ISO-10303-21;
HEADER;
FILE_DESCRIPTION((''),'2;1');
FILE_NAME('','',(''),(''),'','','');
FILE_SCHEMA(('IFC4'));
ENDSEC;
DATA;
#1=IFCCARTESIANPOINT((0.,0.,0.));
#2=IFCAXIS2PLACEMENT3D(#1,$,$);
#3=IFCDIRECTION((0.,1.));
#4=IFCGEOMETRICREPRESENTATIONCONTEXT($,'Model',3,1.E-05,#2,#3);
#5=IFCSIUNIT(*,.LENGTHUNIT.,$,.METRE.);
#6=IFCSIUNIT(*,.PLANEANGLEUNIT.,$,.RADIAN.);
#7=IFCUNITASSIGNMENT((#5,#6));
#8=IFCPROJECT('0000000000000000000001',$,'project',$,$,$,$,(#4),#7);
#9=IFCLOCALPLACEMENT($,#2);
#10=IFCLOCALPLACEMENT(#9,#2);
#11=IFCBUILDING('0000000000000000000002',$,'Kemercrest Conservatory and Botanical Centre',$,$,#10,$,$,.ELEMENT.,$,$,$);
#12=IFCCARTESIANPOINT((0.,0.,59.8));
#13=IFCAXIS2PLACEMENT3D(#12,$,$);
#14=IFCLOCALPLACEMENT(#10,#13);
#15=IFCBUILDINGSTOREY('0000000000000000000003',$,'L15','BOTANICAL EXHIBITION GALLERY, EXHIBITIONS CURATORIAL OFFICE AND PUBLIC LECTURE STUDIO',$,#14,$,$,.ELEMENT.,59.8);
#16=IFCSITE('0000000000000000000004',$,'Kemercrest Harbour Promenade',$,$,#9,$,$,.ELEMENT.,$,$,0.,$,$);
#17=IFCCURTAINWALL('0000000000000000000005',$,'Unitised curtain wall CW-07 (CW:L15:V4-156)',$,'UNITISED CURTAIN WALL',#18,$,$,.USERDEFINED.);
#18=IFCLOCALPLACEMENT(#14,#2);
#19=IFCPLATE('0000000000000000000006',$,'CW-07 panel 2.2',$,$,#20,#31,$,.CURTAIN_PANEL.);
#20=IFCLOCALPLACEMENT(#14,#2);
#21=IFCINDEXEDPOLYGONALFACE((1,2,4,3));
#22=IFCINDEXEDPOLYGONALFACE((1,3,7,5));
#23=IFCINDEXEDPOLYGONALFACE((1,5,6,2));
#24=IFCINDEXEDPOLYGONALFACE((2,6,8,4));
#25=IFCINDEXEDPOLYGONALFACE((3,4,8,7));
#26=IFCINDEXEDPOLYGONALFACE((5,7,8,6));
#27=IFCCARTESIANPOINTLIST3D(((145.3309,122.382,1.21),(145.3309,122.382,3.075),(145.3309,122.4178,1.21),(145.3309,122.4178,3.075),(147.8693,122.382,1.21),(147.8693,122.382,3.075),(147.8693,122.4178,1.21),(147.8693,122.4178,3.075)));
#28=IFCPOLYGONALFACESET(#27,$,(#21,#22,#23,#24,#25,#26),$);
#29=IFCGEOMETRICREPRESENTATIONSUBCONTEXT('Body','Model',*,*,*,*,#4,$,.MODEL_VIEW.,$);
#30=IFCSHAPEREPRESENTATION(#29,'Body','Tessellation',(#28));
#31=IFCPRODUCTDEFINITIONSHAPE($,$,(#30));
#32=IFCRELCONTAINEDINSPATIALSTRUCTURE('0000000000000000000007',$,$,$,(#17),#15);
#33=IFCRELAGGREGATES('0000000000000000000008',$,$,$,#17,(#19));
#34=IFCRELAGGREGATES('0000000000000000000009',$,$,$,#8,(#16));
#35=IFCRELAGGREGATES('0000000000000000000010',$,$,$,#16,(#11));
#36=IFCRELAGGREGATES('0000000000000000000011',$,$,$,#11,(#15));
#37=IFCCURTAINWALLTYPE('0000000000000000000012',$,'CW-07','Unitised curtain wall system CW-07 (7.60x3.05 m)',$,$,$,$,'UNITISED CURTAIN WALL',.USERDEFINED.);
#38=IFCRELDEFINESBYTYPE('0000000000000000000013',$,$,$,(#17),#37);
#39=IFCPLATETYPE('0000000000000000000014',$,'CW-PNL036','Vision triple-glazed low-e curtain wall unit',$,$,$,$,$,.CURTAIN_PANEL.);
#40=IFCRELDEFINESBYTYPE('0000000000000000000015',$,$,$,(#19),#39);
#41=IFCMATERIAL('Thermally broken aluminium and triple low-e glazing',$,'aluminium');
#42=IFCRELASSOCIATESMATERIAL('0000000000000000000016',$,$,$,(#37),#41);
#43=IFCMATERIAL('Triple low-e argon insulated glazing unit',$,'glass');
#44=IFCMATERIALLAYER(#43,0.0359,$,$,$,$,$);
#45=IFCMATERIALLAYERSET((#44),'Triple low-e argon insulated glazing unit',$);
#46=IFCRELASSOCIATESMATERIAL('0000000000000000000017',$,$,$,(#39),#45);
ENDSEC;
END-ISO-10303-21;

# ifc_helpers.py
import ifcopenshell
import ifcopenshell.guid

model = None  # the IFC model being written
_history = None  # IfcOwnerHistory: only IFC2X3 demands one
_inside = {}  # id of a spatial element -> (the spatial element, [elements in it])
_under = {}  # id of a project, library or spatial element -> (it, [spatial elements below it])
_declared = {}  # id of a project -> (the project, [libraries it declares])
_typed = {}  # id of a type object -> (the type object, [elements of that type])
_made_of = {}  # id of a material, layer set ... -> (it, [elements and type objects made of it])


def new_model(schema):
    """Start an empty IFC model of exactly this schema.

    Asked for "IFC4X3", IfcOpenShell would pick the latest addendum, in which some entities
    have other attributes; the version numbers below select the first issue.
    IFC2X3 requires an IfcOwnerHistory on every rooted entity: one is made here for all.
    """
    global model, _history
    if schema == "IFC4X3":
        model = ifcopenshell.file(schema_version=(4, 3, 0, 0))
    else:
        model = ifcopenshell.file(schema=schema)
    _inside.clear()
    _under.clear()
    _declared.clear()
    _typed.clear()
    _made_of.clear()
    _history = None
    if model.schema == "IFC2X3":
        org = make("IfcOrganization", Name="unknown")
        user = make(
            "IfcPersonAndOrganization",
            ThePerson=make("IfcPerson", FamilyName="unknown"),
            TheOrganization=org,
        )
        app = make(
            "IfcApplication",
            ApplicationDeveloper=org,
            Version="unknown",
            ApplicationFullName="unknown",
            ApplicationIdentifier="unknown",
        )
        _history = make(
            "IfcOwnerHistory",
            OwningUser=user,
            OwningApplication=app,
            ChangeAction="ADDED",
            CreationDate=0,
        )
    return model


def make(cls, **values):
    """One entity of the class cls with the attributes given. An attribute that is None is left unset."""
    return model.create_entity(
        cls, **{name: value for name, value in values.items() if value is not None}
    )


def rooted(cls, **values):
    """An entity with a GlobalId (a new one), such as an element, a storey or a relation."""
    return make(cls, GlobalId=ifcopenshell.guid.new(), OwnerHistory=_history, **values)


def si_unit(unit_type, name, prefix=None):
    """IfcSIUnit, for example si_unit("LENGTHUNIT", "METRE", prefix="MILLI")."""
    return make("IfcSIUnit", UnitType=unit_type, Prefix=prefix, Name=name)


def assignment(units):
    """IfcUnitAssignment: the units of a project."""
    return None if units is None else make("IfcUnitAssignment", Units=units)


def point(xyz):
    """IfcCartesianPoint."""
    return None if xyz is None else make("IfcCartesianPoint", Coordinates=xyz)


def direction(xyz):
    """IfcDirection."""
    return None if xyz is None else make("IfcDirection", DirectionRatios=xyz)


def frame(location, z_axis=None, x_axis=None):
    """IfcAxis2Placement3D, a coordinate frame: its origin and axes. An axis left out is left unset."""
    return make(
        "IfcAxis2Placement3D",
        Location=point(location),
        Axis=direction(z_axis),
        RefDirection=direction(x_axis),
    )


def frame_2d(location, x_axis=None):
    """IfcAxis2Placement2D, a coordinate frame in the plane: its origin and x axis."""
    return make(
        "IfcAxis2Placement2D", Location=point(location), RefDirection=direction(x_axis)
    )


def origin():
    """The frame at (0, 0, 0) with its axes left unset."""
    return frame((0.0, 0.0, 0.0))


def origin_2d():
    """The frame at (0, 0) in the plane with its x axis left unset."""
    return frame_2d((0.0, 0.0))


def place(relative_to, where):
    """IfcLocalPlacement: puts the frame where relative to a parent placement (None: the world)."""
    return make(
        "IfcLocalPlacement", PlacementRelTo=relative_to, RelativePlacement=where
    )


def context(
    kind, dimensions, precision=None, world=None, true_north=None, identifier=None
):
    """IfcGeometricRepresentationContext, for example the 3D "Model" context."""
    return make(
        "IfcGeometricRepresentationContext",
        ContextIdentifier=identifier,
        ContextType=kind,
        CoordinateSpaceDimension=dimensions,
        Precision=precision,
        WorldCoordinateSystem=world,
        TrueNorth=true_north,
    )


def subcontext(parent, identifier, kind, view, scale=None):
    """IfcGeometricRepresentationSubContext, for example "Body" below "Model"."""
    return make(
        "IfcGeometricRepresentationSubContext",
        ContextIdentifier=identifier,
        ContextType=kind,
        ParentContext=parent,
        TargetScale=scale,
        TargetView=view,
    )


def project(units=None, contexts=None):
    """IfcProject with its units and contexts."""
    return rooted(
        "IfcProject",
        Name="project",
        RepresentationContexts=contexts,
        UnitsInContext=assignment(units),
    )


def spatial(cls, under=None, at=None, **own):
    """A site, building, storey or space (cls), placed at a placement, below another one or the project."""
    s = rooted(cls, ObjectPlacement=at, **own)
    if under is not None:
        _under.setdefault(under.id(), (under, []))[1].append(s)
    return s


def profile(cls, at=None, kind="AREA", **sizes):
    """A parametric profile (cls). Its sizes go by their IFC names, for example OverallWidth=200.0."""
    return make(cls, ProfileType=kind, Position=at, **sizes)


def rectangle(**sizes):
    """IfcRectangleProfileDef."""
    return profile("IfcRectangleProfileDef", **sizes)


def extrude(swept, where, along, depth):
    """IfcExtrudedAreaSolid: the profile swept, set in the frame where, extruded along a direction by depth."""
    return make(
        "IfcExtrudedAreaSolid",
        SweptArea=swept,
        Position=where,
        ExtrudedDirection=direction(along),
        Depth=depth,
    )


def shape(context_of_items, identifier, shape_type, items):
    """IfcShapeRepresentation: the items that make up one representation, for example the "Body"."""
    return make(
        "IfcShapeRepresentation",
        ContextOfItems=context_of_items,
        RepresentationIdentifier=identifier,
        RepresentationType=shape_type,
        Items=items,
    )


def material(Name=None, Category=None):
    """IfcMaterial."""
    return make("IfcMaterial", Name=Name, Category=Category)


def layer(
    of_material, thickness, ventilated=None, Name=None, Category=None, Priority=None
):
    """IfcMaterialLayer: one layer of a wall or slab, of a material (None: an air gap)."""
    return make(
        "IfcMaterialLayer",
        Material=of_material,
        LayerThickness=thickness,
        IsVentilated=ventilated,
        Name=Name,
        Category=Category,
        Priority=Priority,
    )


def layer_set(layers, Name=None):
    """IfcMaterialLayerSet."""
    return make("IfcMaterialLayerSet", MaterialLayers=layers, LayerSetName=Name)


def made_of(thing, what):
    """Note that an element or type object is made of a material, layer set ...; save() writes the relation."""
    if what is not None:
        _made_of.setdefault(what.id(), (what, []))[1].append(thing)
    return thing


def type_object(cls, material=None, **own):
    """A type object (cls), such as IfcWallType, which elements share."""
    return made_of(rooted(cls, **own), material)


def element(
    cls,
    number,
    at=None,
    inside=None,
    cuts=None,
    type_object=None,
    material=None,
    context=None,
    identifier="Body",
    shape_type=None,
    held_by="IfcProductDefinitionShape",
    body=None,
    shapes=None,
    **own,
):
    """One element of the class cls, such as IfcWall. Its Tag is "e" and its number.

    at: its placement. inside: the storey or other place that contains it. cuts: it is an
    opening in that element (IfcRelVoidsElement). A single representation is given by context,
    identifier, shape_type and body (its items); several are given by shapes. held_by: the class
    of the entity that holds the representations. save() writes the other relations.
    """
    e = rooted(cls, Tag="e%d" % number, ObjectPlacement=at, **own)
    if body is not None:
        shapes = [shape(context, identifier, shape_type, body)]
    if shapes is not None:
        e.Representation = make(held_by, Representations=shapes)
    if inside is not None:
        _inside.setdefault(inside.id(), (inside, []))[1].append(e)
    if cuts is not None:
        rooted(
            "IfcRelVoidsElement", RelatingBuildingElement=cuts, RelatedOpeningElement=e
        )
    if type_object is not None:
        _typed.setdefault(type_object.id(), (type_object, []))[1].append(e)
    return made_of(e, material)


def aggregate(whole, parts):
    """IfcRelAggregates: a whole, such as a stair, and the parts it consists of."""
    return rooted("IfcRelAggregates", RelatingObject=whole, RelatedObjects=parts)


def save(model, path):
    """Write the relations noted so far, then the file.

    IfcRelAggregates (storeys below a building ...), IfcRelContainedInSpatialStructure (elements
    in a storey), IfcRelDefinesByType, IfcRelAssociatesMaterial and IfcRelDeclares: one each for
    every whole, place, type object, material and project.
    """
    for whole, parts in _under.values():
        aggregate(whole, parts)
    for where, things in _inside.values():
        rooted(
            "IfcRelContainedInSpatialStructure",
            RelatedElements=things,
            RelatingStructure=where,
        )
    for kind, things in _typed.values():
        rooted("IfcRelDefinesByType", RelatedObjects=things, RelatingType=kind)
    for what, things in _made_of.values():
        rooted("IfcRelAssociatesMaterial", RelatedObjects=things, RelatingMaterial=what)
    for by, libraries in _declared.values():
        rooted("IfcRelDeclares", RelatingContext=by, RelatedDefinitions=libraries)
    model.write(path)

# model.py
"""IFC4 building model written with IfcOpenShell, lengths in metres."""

from ifc_helpers import new_model, si_unit, direction, frame, origin, origin_2d, place, context, subcontext, project, spatial, rectangle, extrude, material, layer, layer_set, type_object, element, aggregate, save


model = new_model("IFC4")

# Units and contexts
model_context = context("Model", 3, precision=1e-05, world=origin(), true_north=direction((0.0, 1.0)))
body_context = subcontext(model_context, "Body", "Model", "MODEL_VIEW")
ifc_project = project(units=[si_unit("LENGTHUNIT", "METRE"), si_unit("PLANEANGLEUNIT", "RADIAN")], contexts=[model_context])

# Site, building, storey
site_placement = place(None, origin())
site = spatial("IfcSite", under=ifc_project, at=site_placement, Name="Kemercrest Harbour Promenade", CompositionType="ELEMENT", RefElevation=0.0)
building_placement = place(site_placement, origin())
building = spatial("IfcBuilding", under=site, at=building_placement, Name="Kemercrest Conservatory and Botanical Centre", CompositionType="ELEMENT")
storey_placement = place(building_placement, frame((0.0, 0.0, 59.8)))
storey = spatial("IfcBuildingStorey", under=building, at=storey_placement, Name="L15", Description="BOTANICAL EXHIBITION GALLERY, EXHIBITIONS CURATORIAL OFFICE AND PUBLIC LECTURE STUDIO", CompositionType="ELEMENT", Elevation=59.8)

# Curtain wall
ifc_material_1 = material(Name="Thermally broken aluminium and triple low-e glazing", Category="aluminium")
curtain_wall_type_1 = type_object("IfcCurtainWallType", Name="CW-07", Description="Unitised curtain wall system CW-07 (7.60x3.05 m)", ElementType="UNITISED CURTAIN WALL", PredefinedType="USERDEFINED", material=ifc_material_1)
curtain_wall_1_placement = place(storey_placement, origin())
curtain_wall_1 = element("IfcCurtainWall", 1, at=curtain_wall_1_placement, inside=storey, type_object=curtain_wall_type_1, Name="Unitised curtain wall CW-07 (CW:L15:V4-156)", ObjectType="UNITISED CURTAIN WALL", PredefinedType="USERDEFINED")

# Plate
ifc_material_2 = material(Name="Triple low-e argon insulated glazing unit", Category="glass")
ifc_layer = layer(ifc_material_2, 0.0359)
ifc_layer_set = layer_set([ifc_layer], Name="Triple low-e argon insulated glazing unit")
plate_type = type_object("IfcPlateType", Name="CW-PNL036", Description="Vision triple-glazed low-e curtain wall unit", PredefinedType="CURTAIN_PANEL", material=ifc_layer_set)
plate_1_placement = place(storey_placement, frame((146.6001, 122.3999, 1.21), z_axis=(0.0, 0.0, 1.0), x_axis=(-1.0, 0.0, 0.0)))
plate_1 = element("IfcPlate", 2, at=plate_1_placement, type_object=plate_type, Name="CW-07 panel 2.2", PredefinedType="CURTAIN_PANEL", context=body_context, shape_type="SweptSolid", body=[
    extrude(rectangle(XDim=2.5383, YDim=0.0359, at=origin_2d()), origin(), (0.0, 0.0, 1.0), 1.865),
])
aggregate(curtain_wall_1, [plate_1])

save(model, "model.ifc")
